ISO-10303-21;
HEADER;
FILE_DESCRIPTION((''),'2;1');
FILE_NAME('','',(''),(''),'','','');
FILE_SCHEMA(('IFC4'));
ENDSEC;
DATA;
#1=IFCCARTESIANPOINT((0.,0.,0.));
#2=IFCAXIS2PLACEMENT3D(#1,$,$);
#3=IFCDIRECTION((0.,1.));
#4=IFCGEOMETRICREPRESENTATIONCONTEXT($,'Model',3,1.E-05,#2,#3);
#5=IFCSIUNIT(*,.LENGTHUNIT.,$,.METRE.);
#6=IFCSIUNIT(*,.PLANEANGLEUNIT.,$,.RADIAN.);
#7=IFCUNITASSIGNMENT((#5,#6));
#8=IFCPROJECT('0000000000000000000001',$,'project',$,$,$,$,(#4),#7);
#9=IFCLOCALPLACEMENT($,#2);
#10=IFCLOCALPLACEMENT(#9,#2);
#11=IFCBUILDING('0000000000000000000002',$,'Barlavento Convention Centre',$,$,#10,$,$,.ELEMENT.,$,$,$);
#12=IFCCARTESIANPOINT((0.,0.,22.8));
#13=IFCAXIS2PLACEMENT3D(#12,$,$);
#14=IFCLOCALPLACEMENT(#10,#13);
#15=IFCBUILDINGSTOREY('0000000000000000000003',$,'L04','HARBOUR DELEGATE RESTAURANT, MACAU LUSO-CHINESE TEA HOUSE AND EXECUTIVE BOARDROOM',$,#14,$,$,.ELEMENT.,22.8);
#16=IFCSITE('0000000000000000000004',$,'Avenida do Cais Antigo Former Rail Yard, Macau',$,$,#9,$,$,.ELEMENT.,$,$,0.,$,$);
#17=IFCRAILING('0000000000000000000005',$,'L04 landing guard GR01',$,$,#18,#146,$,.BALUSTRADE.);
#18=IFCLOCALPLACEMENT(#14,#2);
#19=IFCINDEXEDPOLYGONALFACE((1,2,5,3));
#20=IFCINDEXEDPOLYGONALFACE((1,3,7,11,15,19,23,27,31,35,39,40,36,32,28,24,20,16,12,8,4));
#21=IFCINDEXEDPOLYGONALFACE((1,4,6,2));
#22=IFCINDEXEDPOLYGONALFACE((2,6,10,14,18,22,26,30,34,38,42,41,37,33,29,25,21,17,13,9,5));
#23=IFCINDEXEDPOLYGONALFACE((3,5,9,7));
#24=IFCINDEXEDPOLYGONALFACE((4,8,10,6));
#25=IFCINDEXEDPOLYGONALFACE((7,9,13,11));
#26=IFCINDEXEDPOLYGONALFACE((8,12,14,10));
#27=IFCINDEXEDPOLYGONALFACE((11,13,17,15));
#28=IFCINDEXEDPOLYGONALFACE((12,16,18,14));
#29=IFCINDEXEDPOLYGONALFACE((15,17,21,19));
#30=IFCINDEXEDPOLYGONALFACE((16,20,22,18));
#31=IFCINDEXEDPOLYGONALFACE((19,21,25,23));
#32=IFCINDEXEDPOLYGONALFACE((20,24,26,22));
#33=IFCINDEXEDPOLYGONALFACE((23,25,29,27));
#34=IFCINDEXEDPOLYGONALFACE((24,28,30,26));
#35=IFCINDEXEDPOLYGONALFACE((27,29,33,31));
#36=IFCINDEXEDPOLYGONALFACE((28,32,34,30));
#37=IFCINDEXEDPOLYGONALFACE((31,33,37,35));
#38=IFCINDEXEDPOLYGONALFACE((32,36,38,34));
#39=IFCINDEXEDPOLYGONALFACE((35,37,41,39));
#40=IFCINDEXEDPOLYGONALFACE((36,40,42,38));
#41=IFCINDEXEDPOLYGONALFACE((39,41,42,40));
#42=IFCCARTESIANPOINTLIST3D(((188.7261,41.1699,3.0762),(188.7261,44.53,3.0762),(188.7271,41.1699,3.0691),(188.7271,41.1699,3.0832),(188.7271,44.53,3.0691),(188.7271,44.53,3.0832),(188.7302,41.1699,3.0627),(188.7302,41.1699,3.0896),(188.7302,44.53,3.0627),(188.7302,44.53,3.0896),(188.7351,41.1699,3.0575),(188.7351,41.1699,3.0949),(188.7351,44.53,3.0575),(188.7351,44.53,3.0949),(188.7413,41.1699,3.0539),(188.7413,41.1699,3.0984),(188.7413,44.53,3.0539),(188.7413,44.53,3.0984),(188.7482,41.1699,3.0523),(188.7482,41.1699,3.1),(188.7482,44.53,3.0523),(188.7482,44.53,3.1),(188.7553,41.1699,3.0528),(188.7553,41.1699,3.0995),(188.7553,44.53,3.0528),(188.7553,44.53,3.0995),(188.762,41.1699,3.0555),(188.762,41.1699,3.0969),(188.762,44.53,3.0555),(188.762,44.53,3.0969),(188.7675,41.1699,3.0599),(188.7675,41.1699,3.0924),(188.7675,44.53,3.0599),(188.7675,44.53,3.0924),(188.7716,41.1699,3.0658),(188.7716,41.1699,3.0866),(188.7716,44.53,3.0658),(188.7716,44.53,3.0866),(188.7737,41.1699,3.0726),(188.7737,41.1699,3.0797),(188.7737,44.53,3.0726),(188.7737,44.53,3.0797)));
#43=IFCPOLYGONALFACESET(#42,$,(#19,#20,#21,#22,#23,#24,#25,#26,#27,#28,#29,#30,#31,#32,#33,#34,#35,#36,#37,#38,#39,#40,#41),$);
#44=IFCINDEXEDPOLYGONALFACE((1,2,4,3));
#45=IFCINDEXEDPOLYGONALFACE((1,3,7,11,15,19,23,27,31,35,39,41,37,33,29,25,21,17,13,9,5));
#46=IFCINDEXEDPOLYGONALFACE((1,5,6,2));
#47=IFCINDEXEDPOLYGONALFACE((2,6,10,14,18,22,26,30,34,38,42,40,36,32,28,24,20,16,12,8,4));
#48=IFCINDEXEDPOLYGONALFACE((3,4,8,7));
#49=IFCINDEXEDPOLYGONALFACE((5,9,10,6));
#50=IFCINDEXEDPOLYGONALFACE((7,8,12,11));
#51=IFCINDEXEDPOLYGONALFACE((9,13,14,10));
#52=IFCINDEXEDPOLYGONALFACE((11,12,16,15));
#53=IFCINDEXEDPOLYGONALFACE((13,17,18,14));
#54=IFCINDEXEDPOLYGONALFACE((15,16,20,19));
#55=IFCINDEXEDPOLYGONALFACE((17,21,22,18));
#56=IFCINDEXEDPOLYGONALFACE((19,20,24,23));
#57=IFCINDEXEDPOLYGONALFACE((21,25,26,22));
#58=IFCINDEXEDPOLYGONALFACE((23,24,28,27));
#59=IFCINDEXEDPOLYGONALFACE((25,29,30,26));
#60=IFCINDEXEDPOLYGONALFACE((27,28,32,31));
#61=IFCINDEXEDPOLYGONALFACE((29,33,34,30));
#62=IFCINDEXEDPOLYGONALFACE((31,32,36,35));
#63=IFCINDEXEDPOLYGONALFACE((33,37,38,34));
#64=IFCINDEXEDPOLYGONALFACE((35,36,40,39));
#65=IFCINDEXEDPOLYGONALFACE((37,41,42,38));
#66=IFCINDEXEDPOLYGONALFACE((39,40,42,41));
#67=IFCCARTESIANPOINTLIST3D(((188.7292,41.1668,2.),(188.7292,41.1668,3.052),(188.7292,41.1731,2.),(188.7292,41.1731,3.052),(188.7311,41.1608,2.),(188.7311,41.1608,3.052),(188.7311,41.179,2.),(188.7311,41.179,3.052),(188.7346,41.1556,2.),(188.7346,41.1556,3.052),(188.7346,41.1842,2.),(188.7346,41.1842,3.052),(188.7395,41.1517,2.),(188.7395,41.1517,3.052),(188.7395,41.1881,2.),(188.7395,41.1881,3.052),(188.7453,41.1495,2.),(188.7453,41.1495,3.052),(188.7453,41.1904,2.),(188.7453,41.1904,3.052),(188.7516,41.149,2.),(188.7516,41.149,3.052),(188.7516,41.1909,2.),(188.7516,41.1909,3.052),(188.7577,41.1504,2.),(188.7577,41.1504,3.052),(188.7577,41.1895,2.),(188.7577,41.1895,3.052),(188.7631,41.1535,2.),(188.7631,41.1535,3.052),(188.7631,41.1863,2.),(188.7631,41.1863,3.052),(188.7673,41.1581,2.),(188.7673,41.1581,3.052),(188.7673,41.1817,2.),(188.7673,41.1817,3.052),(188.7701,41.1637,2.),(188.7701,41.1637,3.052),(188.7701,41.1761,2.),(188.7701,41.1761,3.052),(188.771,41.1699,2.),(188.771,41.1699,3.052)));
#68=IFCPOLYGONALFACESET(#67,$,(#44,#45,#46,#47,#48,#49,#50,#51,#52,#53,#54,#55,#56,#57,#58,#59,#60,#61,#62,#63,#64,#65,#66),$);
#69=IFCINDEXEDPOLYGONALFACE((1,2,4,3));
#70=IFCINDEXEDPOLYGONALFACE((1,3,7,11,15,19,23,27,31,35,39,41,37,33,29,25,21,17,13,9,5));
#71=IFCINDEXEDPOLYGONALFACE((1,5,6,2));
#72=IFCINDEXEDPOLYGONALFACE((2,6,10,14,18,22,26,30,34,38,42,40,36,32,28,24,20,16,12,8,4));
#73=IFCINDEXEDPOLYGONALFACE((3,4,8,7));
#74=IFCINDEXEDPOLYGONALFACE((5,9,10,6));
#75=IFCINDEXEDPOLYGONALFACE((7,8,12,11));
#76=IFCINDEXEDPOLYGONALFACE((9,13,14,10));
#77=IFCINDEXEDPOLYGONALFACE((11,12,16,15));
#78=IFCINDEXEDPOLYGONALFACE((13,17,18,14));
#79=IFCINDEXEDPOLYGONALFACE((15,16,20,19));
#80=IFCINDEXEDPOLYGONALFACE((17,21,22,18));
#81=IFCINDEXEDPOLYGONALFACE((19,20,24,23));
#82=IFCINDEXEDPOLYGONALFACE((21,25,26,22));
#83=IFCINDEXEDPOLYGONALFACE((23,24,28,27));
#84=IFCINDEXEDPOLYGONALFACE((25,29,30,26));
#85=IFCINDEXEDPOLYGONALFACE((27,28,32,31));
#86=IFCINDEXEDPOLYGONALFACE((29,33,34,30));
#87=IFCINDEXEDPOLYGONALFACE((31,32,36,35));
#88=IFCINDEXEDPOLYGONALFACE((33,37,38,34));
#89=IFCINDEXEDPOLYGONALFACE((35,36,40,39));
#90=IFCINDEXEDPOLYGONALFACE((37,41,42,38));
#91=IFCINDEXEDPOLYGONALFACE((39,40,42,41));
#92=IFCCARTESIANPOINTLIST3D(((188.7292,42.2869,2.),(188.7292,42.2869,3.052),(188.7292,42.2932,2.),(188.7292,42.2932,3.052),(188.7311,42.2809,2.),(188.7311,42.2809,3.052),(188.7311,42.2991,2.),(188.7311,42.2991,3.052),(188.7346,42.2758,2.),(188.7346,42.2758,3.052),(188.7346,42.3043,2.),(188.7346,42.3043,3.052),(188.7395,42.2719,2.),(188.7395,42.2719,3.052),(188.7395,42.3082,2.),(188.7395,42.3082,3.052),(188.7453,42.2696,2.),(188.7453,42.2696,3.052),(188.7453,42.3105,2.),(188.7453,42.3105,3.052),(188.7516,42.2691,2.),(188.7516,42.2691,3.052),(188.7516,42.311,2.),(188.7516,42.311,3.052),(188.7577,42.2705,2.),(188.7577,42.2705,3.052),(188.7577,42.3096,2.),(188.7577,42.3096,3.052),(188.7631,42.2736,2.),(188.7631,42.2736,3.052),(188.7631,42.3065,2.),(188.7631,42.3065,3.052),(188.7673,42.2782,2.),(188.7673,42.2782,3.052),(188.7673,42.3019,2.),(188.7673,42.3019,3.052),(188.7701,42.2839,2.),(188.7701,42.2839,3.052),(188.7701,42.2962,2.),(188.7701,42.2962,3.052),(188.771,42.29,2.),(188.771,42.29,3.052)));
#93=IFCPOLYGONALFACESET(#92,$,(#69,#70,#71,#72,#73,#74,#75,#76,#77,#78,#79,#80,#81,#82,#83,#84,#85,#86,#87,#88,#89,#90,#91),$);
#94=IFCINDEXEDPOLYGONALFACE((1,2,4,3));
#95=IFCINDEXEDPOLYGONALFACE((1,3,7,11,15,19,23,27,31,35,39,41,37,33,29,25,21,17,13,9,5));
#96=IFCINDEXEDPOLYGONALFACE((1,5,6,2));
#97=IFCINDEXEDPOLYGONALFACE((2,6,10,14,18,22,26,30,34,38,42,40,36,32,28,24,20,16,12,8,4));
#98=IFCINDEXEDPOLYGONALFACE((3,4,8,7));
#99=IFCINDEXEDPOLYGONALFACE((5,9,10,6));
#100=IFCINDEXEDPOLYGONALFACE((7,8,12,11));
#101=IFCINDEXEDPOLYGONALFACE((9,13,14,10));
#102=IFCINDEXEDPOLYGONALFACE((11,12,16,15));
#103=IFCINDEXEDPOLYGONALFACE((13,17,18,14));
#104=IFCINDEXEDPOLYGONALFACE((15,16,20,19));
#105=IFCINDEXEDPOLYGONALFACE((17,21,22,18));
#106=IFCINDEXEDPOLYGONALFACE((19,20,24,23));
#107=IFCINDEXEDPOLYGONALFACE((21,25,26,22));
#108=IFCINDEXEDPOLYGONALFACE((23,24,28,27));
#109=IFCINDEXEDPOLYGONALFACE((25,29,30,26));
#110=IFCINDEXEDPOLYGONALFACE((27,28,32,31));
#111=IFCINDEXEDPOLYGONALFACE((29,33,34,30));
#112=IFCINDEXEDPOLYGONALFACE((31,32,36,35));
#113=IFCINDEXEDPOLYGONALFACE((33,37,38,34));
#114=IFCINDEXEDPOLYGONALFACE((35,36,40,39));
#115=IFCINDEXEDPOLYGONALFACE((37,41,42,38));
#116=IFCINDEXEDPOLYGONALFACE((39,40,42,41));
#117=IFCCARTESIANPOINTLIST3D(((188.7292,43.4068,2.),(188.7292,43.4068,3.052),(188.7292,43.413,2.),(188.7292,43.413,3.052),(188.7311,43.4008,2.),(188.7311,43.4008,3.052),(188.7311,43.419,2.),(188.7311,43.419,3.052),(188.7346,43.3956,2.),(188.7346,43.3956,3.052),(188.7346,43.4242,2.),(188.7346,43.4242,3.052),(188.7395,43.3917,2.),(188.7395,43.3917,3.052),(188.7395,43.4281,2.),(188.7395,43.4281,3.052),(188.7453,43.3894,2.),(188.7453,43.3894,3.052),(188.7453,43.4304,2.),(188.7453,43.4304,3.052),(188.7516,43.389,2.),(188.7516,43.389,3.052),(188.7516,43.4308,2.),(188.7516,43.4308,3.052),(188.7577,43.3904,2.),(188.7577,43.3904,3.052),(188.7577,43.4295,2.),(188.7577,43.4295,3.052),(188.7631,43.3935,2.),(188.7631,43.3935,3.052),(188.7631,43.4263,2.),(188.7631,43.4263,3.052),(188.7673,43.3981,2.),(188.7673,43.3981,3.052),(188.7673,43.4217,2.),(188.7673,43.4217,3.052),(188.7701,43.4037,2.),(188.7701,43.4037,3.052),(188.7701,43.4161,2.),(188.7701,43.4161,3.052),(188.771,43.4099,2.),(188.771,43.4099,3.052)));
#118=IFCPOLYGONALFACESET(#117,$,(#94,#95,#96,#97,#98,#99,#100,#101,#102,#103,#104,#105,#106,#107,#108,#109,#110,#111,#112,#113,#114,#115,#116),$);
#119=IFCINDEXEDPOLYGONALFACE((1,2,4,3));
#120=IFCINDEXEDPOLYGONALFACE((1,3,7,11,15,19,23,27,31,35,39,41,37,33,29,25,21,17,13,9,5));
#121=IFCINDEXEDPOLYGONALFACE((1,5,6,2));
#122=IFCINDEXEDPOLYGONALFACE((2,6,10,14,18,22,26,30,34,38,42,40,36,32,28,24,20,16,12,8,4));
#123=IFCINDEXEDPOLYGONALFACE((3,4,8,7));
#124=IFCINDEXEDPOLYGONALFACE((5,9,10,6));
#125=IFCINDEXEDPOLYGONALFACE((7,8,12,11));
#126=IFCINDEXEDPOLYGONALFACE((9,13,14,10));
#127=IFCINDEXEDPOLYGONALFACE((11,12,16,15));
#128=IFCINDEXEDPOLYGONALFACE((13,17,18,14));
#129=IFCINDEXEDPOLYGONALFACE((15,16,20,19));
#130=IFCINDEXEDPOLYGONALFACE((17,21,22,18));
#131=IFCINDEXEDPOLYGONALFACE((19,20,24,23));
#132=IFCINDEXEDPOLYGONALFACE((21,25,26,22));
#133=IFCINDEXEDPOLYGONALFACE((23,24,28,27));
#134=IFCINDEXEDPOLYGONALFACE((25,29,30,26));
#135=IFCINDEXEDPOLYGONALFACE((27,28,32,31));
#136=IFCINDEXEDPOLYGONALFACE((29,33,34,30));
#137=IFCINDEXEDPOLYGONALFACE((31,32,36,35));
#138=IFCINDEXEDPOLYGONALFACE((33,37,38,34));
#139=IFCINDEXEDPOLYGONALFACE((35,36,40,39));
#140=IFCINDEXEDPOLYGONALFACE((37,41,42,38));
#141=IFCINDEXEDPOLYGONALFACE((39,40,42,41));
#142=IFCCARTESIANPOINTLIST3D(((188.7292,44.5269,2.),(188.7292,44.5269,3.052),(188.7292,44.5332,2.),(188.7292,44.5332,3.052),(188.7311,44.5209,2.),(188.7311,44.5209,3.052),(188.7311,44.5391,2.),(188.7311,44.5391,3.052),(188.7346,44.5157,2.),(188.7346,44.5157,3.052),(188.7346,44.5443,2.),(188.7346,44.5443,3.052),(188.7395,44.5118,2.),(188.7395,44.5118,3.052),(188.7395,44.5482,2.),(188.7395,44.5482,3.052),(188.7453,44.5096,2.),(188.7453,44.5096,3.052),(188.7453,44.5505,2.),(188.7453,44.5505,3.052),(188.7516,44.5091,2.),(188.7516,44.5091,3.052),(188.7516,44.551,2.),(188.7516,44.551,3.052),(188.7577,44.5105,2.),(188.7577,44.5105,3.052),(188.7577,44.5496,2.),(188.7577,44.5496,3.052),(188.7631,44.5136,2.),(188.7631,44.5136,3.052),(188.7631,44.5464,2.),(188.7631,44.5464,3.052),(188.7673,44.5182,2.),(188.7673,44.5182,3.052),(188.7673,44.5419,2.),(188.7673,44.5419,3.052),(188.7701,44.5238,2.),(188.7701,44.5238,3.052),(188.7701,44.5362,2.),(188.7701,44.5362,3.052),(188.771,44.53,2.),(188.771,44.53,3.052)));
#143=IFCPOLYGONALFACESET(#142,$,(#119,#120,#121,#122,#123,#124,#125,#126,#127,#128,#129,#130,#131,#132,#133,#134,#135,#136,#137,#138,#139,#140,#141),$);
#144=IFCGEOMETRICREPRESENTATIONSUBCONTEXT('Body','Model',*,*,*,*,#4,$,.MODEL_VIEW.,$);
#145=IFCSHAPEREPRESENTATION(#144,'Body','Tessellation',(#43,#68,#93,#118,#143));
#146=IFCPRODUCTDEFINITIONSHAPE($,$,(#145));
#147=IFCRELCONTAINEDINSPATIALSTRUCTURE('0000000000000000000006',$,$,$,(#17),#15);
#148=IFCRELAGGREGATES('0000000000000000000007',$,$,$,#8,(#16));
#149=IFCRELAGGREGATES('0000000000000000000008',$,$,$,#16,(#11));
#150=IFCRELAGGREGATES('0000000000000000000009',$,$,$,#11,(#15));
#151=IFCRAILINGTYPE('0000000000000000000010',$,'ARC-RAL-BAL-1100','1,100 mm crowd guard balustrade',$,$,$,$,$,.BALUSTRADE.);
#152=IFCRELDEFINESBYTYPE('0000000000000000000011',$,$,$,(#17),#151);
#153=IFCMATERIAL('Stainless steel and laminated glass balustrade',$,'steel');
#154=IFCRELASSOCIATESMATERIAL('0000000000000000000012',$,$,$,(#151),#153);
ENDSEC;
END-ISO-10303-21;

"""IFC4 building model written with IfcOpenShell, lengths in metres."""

from ifc_helpers import new_model, si_unit, direction, frame, origin, origin_2d, place, context, subcontext, project, spatial, circle, extrude, material, type_object, element, save


model = new_model("IFC4")

# Units and contexts
model_context = context("Model", 3, precision=1e-05, world=origin(), true_north=direction((0.0, 1.0)))
body_context = subcontext(model_context, "Body", "Model", "MODEL_VIEW")
ifc_project = project(units=[si_unit("LENGTHUNIT", "METRE"), si_unit("PLANEANGLEUNIT", "RADIAN")], contexts=[model_context])

# Site, building, storey
site_placement = place(None, origin())
site = spatial("IfcSite", under=ifc_project, at=site_placement, Name="Avenida do Cais Antigo Former Rail Yard, Macau", CompositionType="ELEMENT", RefElevation=0.0)
building_placement = place(site_placement, origin())
building = spatial("IfcBuilding", under=site, at=building_placement, Name="Barlavento Convention Centre", CompositionType="ELEMENT")
storey_placement = place(building_placement, frame((0.0, 0.0, 22.8)))
storey = spatial("IfcBuildingStorey", under=building, at=storey_placement, Name="L04", Description="HARBOUR DELEGATE RESTAURANT, MACAU LUSO-CHINESE TEA HOUSE AND EXECUTIVE BOARDROOM", CompositionType="ELEMENT", Elevation=22.8)

# Railing
ifc_material_1 = material(Name="Stainless steel and laminated glass balustrade", Category="steel")
railing_type_1 = type_object("IfcRailingType", Name="ARC-RAL-BAL-1100", Description="1,100 mm crowd guard balustrade", PredefinedType="BALUSTRADE", material=ifc_material_1)
for number, where, name in (
    (1, (188.75, 41.1699, 2.0), "L04 landing guard GR01"),
):
    element("IfcRailing", number, at=place(storey_placement, frame(where)), inside=storey, type_object=railing_type_1, Name=name, PredefinedType="BALUSTRADE", context=body_context, shape_type="SweptSolid", body=[
        extrude(circle(Radius=0.0239, at=origin_2d()), frame((0.0, 0.0, 1.0762), z_axis=(0.0, 1.0, 0.0), x_axis=(-1.0, 0.0, 0.0)), (0.0, 0.0, 1.0), 3.3601),
        extrude(circle(Radius=0.021, at=origin_2d()), origin(), (0.0, 0.0, 1.0), 1.052),
        extrude(circle(Radius=0.021, at=origin_2d()), frame((0.0, 1.1201, 0.0)), (0.0, 0.0, 1.0), 1.052),
        extrude(circle(Radius=0.021, at=origin_2d()), frame((0.0, 2.24, 0.0)), (0.0, 0.0, 1.0), 1.052),
        extrude(circle(Radius=0.021, at=origin_2d()), frame((0.0, 3.3601, 0.0)), (0.0, 0.0, 1.0), 1.052),
    ])

save(model, "model.ifc")
